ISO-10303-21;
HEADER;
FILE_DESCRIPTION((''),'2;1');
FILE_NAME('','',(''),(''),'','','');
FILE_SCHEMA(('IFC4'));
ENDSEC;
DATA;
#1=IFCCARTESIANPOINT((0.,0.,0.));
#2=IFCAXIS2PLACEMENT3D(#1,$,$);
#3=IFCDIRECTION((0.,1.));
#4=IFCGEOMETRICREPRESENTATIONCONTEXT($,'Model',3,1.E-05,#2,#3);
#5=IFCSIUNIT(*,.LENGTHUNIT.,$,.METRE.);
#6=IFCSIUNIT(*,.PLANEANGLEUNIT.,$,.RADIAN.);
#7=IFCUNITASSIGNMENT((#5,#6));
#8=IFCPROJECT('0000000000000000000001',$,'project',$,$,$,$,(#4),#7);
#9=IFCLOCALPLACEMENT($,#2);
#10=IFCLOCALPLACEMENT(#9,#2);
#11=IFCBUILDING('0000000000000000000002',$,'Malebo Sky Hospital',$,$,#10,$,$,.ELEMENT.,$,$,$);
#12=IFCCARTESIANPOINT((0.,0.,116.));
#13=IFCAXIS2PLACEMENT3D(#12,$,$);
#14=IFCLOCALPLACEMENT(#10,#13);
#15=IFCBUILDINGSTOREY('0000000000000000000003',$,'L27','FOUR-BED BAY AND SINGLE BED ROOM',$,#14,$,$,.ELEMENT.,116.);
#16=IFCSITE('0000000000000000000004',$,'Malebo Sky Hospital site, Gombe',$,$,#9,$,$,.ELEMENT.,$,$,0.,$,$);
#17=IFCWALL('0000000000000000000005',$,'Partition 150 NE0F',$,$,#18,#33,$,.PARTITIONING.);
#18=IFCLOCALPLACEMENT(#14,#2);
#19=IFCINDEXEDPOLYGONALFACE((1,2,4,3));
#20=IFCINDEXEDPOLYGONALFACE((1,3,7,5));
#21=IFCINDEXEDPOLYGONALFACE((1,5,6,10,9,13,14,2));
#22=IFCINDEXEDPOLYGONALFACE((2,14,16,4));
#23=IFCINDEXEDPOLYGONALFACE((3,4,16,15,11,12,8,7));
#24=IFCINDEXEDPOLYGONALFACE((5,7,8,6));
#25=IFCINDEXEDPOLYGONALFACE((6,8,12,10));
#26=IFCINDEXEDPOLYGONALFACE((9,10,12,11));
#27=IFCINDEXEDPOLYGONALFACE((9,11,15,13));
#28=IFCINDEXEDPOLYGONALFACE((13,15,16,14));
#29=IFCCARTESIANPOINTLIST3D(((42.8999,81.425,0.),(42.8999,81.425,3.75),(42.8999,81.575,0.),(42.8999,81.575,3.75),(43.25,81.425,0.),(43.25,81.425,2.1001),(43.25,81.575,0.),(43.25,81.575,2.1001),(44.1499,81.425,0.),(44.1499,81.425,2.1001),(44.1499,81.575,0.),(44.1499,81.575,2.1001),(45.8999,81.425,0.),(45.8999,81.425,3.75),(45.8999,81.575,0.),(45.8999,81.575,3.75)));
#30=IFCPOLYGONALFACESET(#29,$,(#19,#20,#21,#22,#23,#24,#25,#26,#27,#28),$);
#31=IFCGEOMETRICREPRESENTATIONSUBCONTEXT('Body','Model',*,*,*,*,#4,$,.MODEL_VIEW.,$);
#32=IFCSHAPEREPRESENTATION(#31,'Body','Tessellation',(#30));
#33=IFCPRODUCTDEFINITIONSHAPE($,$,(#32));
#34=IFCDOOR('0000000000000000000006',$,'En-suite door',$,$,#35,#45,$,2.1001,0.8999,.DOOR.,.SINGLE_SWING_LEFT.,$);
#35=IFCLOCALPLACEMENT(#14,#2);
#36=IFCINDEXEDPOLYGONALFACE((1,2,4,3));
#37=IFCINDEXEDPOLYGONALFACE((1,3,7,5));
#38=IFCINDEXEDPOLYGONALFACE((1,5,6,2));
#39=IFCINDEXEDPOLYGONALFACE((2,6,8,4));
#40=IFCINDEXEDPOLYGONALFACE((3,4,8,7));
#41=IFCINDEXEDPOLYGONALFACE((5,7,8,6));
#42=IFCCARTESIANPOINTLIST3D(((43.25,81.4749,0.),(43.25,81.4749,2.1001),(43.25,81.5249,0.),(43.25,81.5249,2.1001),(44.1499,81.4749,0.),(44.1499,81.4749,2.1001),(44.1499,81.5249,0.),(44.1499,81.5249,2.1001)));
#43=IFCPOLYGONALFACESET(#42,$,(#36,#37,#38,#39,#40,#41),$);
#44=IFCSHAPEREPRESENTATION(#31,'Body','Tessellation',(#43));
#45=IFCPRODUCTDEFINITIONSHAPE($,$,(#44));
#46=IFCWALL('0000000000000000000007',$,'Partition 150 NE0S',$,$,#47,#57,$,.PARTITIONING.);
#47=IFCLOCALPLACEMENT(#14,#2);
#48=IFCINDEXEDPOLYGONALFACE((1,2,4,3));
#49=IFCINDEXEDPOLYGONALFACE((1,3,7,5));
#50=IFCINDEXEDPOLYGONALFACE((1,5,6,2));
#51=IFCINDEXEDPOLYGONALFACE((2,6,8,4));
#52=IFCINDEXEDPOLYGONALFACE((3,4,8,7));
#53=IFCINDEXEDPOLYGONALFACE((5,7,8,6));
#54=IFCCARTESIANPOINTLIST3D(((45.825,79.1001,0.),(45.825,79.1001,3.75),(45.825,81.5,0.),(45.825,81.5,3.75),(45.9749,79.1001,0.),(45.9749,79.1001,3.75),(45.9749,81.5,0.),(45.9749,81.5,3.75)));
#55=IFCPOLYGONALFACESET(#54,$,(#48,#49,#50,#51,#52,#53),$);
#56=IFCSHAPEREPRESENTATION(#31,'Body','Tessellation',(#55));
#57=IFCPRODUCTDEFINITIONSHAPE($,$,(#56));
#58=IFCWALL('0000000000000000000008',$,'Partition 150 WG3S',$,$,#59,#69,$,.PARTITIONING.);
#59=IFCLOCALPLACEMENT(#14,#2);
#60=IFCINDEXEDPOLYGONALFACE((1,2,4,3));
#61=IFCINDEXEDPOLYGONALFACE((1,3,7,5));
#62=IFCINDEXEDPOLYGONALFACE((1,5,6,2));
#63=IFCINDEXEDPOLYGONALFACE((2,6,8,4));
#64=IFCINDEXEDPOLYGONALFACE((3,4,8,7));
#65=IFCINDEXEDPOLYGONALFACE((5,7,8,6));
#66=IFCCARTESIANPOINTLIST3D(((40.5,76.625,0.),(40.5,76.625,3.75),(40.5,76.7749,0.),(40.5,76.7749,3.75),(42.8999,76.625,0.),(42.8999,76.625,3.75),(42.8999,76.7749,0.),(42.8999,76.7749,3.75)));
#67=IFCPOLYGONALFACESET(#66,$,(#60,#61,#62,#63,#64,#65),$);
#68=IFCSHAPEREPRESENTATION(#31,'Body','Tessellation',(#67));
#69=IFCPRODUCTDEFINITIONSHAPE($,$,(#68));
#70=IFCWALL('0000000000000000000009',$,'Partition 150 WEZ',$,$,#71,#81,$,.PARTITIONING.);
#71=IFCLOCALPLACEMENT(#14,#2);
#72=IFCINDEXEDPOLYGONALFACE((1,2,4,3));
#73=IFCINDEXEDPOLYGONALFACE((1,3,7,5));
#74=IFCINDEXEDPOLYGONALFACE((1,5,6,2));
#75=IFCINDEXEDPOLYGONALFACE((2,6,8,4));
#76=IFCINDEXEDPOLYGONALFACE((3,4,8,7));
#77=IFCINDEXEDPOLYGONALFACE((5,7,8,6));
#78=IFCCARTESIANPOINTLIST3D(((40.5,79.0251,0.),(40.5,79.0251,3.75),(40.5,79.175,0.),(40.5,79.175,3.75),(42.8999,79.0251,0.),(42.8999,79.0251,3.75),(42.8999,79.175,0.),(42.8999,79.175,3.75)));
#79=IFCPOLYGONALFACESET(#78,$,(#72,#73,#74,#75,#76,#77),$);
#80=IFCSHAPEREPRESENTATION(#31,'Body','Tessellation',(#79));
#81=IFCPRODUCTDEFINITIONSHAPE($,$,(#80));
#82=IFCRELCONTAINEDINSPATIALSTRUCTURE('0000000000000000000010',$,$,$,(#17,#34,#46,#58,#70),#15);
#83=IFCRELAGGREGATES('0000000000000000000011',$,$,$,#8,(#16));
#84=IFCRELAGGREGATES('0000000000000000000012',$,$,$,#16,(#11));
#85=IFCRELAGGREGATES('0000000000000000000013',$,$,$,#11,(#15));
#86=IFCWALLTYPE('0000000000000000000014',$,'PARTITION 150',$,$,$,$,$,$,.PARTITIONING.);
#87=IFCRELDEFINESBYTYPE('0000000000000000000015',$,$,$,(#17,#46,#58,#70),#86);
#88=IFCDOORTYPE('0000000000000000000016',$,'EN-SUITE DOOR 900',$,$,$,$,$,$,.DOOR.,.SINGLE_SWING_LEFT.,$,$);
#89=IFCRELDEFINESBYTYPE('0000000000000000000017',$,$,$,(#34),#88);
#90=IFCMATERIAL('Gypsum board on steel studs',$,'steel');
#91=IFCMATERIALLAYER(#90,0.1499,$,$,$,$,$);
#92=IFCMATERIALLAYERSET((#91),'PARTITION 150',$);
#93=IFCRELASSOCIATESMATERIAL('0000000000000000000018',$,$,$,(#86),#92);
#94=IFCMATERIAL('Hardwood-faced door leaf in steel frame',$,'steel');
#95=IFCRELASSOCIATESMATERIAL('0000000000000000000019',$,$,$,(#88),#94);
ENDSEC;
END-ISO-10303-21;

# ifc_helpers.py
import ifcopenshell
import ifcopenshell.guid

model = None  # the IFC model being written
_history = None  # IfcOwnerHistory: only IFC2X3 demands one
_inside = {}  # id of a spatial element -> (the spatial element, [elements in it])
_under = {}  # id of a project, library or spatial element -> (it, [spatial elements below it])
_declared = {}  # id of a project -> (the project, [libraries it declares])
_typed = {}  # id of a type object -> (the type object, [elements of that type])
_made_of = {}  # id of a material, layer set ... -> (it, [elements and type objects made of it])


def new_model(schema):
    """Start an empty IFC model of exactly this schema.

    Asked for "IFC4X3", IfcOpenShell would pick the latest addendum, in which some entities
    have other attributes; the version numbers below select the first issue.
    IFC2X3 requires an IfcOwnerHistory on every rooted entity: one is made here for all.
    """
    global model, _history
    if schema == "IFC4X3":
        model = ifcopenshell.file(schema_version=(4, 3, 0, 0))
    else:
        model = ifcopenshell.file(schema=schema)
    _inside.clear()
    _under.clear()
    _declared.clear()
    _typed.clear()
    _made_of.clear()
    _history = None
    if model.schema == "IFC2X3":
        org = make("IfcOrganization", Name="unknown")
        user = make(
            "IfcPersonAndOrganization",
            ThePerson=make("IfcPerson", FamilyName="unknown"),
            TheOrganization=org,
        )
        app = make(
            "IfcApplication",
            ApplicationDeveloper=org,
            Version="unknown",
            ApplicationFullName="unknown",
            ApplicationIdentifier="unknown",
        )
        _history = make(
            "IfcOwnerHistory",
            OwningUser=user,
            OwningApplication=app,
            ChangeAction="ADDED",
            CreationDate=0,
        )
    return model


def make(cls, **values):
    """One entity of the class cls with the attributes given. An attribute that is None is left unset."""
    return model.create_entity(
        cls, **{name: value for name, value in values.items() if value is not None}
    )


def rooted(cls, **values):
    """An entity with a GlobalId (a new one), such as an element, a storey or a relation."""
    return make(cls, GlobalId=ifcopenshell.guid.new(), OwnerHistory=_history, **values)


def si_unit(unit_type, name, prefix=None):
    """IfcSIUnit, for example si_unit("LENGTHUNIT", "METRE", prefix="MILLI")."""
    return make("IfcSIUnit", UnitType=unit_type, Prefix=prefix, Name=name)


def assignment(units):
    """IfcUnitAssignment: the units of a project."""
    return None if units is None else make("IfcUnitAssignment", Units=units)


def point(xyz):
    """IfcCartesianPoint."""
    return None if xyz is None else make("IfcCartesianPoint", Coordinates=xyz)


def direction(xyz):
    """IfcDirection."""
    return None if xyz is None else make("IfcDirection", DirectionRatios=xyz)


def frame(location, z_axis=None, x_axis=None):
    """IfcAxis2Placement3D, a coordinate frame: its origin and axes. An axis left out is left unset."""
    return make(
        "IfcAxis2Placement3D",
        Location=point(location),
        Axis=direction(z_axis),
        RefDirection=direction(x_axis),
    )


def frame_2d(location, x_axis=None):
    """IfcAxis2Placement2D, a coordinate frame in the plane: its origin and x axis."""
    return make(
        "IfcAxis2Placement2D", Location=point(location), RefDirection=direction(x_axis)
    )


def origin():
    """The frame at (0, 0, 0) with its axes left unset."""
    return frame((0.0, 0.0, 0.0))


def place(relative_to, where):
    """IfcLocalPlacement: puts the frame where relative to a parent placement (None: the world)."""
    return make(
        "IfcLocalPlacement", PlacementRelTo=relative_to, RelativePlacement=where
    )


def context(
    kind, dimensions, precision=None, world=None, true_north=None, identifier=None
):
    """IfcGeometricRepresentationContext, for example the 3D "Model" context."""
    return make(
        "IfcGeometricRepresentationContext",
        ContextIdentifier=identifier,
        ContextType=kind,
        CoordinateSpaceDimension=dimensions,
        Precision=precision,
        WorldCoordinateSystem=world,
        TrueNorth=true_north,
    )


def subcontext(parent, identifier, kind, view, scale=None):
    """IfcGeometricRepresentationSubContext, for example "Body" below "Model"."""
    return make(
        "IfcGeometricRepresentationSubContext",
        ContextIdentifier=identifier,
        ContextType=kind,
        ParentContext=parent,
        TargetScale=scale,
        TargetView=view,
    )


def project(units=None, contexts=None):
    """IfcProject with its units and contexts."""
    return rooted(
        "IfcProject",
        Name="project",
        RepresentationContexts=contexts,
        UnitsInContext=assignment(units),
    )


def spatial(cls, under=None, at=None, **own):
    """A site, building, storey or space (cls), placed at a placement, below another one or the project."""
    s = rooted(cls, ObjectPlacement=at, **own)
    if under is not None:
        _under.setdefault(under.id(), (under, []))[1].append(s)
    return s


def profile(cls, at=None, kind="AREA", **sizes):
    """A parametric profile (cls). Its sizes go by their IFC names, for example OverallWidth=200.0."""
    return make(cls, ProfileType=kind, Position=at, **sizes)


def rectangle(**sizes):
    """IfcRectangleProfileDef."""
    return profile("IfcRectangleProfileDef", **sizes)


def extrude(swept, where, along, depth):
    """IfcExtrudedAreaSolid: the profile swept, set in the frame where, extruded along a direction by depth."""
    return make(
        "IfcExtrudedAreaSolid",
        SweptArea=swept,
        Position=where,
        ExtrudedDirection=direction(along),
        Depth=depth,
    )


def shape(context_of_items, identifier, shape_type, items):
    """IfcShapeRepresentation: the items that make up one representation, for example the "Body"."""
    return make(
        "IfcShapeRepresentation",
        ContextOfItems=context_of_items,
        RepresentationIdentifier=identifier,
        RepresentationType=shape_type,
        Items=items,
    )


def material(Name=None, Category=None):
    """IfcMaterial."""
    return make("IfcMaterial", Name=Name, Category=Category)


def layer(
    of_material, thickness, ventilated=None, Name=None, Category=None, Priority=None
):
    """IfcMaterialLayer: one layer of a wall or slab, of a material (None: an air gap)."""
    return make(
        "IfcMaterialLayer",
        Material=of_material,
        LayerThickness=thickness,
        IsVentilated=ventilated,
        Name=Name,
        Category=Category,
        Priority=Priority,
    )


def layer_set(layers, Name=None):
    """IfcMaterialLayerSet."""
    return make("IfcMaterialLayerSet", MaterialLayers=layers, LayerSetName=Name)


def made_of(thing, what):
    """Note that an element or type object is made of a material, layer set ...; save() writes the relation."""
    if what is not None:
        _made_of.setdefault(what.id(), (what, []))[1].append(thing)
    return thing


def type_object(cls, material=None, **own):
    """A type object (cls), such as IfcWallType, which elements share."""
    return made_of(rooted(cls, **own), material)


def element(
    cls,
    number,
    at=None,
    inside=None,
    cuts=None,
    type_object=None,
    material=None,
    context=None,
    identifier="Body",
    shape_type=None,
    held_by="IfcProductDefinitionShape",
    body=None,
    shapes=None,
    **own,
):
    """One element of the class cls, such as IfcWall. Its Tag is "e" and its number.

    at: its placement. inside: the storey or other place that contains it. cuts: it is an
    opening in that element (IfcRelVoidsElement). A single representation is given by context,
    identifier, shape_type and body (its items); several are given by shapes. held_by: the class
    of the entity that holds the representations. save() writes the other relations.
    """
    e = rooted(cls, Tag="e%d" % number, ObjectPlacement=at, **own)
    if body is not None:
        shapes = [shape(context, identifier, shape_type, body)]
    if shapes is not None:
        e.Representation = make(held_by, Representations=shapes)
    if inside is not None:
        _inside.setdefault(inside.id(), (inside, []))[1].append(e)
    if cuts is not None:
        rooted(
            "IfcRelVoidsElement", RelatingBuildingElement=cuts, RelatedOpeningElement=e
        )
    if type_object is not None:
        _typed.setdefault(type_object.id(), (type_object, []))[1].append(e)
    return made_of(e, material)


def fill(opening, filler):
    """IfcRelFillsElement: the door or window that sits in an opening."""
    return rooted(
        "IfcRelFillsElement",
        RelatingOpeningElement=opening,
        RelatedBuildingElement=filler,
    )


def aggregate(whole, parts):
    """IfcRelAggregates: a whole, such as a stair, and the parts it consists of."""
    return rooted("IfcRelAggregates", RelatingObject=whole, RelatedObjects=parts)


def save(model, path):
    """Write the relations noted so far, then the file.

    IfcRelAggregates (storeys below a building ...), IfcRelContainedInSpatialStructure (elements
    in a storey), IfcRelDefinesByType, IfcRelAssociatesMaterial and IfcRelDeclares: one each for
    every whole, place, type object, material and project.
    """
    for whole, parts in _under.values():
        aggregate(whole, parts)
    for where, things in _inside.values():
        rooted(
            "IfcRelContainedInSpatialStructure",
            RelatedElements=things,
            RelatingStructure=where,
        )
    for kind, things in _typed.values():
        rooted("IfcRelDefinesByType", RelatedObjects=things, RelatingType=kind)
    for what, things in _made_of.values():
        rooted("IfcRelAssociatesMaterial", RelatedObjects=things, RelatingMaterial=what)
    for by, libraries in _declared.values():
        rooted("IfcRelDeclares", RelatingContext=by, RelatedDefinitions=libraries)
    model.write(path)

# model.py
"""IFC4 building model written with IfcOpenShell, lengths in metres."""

from ifc_helpers import new_model, si_unit, direction, frame, frame_2d, origin, place, context, subcontext, project, spatial, rectangle, extrude, material, layer, layer_set, type_object, element, fill, save


model = new_model("IFC4")

# Units and contexts
model_context = context("Model", 3, precision=1e-05, world=origin(), true_north=direction((0.0, 1.0)))
body_context = subcontext(model_context, "Body", "Model", "MODEL_VIEW")
ifc_project = project(units=[si_unit("LENGTHUNIT", "METRE"), si_unit("PLANEANGLEUNIT", "RADIAN")], contexts=[model_context])

# Site, building, storey
site_placement = place(None, origin())
site = spatial("IfcSite", under=ifc_project, at=site_placement, Name="Malebo Sky Hospital site, Gombe", CompositionType="ELEMENT", RefElevation=0.0)
building_placement = place(site_placement, origin())
building = spatial("IfcBuilding", under=site, at=building_placement, Name="Malebo Sky Hospital", CompositionType="ELEMENT")
storey_placement = place(building_placement, frame((0.0, 0.0, 116.0)))
storey = spatial("IfcBuildingStorey", under=building, at=storey_placement, Name="L27", Description="FOUR-BED BAY AND SINGLE BED ROOM", CompositionType="ELEMENT", Elevation=116.0)

# Shared definitions
ifc_material_1 = material(Name="Gypsum board on steel studs", Category="steel")
ifc_material_2 = material(Name="Hardwood-faced door leaf in steel frame", Category="steel")

# Shared definitions
ifc_layer_1 = layer(ifc_material_1, 0.1499)
ifc_layer_set_1 = layer_set([ifc_layer_1], Name="PARTITION 150")
wall_type_1 = type_object("IfcWallType", Name="PARTITION 150", PredefinedType="PARTITIONING", material=ifc_layer_set_1)

# Wall, opening, door
wall_1_placement = place(storey_placement, frame((42.8999, 81.5, 0.0), z_axis=(0.0, 0.0, 1.0), x_axis=(1.0, 0.0, 0.0)))
wall_1 = element("IfcWall", 1, at=wall_1_placement, inside=storey, type_object=wall_type_1, Name="Partition 150 NE0F", PredefinedType="PARTITIONING", context=body_context, shape_type="SweptSolid", body=[
    extrude(rectangle(XDim=3.0, YDim=0.1499, at=frame_2d((1.5, 0.0))), origin(), (0.0, 0.0, 1.0), 3.75),
])
opening_1_placement = place(wall_1_placement, frame((0.3501, 0.0, 0.0)))
opening_1 = element("IfcOpeningElement", 2, at=opening_1_placement, cuts=wall_1, PredefinedType="OPENING", context=body_context, shape_type="SweptSolid", body=[
    extrude(rectangle(XDim=0.8999, YDim=2.1001, at=frame_2d((0.45, 1.05))), frame((0.0, 0.085, 0.0), z_axis=(0.0, -1.0, 0.0), x_axis=(1.0, 0.0, 0.0)), (0.0, 0.0, 1.0), 0.1699),
])
door_type_1 = type_object("IfcDoorType", Name="EN-SUITE DOOR 900", OperationType="SINGLE_SWING_LEFT", PredefinedType="DOOR", material=ifc_material_2)
door_1_placement = place(opening_1_placement, origin())
door_1 = element("IfcDoor", 3, at=door_1_placement, inside=storey, type_object=door_type_1, Name="En-suite door", OperationType="SINGLE_SWING_LEFT", OverallHeight=2.1001, OverallWidth=0.8999, PredefinedType="DOOR", context=body_context, shape_type="SweptSolid", body=[
    extrude(rectangle(XDim=0.8999, YDim=2.1001, at=frame_2d((0.45, 1.05))), frame((0.0, 0.0249, 0.0), z_axis=(0.0, -1.0, 0.0), x_axis=(1.0, 0.0, 0.0)), (0.0, 0.0, 1.0), 0.05),
])
fill(opening_1, door_1)

# Walls
for number, where, z_axis, x_axis, name in (
    (4, (45.8999, 79.1001, 0.0), (0.0, 0.0, 1.0), (0.0, 1.0, 0.0), "Partition 150 NE0S"),
    (5, (42.8999, 76.7, 0.0), (0.0, 0.0, 1.0), (-1.0, 0.0, 0.0), "Partition 150 WG3S"),
    (6, (42.8999, 79.1001, 0.0), (0.0, 0.0, 1.0), (-1.0, 0.0, 0.0), "Partition 150 WEZ"),
):
    element("IfcWall", number, at=place(storey_placement, frame(where, z_axis=z_axis, x_axis=x_axis)), inside=storey, type_object=wall_type_1, Name=name, PredefinedType="PARTITIONING", context=body_context, shape_type="SweptSolid", body=[
        extrude(rectangle(XDim=2.3999, YDim=0.1499, at=frame_2d((1.2, 0.0))), origin(), (0.0, 0.0, 1.0), 3.75),
    ])

save(model, "model.ifc")
